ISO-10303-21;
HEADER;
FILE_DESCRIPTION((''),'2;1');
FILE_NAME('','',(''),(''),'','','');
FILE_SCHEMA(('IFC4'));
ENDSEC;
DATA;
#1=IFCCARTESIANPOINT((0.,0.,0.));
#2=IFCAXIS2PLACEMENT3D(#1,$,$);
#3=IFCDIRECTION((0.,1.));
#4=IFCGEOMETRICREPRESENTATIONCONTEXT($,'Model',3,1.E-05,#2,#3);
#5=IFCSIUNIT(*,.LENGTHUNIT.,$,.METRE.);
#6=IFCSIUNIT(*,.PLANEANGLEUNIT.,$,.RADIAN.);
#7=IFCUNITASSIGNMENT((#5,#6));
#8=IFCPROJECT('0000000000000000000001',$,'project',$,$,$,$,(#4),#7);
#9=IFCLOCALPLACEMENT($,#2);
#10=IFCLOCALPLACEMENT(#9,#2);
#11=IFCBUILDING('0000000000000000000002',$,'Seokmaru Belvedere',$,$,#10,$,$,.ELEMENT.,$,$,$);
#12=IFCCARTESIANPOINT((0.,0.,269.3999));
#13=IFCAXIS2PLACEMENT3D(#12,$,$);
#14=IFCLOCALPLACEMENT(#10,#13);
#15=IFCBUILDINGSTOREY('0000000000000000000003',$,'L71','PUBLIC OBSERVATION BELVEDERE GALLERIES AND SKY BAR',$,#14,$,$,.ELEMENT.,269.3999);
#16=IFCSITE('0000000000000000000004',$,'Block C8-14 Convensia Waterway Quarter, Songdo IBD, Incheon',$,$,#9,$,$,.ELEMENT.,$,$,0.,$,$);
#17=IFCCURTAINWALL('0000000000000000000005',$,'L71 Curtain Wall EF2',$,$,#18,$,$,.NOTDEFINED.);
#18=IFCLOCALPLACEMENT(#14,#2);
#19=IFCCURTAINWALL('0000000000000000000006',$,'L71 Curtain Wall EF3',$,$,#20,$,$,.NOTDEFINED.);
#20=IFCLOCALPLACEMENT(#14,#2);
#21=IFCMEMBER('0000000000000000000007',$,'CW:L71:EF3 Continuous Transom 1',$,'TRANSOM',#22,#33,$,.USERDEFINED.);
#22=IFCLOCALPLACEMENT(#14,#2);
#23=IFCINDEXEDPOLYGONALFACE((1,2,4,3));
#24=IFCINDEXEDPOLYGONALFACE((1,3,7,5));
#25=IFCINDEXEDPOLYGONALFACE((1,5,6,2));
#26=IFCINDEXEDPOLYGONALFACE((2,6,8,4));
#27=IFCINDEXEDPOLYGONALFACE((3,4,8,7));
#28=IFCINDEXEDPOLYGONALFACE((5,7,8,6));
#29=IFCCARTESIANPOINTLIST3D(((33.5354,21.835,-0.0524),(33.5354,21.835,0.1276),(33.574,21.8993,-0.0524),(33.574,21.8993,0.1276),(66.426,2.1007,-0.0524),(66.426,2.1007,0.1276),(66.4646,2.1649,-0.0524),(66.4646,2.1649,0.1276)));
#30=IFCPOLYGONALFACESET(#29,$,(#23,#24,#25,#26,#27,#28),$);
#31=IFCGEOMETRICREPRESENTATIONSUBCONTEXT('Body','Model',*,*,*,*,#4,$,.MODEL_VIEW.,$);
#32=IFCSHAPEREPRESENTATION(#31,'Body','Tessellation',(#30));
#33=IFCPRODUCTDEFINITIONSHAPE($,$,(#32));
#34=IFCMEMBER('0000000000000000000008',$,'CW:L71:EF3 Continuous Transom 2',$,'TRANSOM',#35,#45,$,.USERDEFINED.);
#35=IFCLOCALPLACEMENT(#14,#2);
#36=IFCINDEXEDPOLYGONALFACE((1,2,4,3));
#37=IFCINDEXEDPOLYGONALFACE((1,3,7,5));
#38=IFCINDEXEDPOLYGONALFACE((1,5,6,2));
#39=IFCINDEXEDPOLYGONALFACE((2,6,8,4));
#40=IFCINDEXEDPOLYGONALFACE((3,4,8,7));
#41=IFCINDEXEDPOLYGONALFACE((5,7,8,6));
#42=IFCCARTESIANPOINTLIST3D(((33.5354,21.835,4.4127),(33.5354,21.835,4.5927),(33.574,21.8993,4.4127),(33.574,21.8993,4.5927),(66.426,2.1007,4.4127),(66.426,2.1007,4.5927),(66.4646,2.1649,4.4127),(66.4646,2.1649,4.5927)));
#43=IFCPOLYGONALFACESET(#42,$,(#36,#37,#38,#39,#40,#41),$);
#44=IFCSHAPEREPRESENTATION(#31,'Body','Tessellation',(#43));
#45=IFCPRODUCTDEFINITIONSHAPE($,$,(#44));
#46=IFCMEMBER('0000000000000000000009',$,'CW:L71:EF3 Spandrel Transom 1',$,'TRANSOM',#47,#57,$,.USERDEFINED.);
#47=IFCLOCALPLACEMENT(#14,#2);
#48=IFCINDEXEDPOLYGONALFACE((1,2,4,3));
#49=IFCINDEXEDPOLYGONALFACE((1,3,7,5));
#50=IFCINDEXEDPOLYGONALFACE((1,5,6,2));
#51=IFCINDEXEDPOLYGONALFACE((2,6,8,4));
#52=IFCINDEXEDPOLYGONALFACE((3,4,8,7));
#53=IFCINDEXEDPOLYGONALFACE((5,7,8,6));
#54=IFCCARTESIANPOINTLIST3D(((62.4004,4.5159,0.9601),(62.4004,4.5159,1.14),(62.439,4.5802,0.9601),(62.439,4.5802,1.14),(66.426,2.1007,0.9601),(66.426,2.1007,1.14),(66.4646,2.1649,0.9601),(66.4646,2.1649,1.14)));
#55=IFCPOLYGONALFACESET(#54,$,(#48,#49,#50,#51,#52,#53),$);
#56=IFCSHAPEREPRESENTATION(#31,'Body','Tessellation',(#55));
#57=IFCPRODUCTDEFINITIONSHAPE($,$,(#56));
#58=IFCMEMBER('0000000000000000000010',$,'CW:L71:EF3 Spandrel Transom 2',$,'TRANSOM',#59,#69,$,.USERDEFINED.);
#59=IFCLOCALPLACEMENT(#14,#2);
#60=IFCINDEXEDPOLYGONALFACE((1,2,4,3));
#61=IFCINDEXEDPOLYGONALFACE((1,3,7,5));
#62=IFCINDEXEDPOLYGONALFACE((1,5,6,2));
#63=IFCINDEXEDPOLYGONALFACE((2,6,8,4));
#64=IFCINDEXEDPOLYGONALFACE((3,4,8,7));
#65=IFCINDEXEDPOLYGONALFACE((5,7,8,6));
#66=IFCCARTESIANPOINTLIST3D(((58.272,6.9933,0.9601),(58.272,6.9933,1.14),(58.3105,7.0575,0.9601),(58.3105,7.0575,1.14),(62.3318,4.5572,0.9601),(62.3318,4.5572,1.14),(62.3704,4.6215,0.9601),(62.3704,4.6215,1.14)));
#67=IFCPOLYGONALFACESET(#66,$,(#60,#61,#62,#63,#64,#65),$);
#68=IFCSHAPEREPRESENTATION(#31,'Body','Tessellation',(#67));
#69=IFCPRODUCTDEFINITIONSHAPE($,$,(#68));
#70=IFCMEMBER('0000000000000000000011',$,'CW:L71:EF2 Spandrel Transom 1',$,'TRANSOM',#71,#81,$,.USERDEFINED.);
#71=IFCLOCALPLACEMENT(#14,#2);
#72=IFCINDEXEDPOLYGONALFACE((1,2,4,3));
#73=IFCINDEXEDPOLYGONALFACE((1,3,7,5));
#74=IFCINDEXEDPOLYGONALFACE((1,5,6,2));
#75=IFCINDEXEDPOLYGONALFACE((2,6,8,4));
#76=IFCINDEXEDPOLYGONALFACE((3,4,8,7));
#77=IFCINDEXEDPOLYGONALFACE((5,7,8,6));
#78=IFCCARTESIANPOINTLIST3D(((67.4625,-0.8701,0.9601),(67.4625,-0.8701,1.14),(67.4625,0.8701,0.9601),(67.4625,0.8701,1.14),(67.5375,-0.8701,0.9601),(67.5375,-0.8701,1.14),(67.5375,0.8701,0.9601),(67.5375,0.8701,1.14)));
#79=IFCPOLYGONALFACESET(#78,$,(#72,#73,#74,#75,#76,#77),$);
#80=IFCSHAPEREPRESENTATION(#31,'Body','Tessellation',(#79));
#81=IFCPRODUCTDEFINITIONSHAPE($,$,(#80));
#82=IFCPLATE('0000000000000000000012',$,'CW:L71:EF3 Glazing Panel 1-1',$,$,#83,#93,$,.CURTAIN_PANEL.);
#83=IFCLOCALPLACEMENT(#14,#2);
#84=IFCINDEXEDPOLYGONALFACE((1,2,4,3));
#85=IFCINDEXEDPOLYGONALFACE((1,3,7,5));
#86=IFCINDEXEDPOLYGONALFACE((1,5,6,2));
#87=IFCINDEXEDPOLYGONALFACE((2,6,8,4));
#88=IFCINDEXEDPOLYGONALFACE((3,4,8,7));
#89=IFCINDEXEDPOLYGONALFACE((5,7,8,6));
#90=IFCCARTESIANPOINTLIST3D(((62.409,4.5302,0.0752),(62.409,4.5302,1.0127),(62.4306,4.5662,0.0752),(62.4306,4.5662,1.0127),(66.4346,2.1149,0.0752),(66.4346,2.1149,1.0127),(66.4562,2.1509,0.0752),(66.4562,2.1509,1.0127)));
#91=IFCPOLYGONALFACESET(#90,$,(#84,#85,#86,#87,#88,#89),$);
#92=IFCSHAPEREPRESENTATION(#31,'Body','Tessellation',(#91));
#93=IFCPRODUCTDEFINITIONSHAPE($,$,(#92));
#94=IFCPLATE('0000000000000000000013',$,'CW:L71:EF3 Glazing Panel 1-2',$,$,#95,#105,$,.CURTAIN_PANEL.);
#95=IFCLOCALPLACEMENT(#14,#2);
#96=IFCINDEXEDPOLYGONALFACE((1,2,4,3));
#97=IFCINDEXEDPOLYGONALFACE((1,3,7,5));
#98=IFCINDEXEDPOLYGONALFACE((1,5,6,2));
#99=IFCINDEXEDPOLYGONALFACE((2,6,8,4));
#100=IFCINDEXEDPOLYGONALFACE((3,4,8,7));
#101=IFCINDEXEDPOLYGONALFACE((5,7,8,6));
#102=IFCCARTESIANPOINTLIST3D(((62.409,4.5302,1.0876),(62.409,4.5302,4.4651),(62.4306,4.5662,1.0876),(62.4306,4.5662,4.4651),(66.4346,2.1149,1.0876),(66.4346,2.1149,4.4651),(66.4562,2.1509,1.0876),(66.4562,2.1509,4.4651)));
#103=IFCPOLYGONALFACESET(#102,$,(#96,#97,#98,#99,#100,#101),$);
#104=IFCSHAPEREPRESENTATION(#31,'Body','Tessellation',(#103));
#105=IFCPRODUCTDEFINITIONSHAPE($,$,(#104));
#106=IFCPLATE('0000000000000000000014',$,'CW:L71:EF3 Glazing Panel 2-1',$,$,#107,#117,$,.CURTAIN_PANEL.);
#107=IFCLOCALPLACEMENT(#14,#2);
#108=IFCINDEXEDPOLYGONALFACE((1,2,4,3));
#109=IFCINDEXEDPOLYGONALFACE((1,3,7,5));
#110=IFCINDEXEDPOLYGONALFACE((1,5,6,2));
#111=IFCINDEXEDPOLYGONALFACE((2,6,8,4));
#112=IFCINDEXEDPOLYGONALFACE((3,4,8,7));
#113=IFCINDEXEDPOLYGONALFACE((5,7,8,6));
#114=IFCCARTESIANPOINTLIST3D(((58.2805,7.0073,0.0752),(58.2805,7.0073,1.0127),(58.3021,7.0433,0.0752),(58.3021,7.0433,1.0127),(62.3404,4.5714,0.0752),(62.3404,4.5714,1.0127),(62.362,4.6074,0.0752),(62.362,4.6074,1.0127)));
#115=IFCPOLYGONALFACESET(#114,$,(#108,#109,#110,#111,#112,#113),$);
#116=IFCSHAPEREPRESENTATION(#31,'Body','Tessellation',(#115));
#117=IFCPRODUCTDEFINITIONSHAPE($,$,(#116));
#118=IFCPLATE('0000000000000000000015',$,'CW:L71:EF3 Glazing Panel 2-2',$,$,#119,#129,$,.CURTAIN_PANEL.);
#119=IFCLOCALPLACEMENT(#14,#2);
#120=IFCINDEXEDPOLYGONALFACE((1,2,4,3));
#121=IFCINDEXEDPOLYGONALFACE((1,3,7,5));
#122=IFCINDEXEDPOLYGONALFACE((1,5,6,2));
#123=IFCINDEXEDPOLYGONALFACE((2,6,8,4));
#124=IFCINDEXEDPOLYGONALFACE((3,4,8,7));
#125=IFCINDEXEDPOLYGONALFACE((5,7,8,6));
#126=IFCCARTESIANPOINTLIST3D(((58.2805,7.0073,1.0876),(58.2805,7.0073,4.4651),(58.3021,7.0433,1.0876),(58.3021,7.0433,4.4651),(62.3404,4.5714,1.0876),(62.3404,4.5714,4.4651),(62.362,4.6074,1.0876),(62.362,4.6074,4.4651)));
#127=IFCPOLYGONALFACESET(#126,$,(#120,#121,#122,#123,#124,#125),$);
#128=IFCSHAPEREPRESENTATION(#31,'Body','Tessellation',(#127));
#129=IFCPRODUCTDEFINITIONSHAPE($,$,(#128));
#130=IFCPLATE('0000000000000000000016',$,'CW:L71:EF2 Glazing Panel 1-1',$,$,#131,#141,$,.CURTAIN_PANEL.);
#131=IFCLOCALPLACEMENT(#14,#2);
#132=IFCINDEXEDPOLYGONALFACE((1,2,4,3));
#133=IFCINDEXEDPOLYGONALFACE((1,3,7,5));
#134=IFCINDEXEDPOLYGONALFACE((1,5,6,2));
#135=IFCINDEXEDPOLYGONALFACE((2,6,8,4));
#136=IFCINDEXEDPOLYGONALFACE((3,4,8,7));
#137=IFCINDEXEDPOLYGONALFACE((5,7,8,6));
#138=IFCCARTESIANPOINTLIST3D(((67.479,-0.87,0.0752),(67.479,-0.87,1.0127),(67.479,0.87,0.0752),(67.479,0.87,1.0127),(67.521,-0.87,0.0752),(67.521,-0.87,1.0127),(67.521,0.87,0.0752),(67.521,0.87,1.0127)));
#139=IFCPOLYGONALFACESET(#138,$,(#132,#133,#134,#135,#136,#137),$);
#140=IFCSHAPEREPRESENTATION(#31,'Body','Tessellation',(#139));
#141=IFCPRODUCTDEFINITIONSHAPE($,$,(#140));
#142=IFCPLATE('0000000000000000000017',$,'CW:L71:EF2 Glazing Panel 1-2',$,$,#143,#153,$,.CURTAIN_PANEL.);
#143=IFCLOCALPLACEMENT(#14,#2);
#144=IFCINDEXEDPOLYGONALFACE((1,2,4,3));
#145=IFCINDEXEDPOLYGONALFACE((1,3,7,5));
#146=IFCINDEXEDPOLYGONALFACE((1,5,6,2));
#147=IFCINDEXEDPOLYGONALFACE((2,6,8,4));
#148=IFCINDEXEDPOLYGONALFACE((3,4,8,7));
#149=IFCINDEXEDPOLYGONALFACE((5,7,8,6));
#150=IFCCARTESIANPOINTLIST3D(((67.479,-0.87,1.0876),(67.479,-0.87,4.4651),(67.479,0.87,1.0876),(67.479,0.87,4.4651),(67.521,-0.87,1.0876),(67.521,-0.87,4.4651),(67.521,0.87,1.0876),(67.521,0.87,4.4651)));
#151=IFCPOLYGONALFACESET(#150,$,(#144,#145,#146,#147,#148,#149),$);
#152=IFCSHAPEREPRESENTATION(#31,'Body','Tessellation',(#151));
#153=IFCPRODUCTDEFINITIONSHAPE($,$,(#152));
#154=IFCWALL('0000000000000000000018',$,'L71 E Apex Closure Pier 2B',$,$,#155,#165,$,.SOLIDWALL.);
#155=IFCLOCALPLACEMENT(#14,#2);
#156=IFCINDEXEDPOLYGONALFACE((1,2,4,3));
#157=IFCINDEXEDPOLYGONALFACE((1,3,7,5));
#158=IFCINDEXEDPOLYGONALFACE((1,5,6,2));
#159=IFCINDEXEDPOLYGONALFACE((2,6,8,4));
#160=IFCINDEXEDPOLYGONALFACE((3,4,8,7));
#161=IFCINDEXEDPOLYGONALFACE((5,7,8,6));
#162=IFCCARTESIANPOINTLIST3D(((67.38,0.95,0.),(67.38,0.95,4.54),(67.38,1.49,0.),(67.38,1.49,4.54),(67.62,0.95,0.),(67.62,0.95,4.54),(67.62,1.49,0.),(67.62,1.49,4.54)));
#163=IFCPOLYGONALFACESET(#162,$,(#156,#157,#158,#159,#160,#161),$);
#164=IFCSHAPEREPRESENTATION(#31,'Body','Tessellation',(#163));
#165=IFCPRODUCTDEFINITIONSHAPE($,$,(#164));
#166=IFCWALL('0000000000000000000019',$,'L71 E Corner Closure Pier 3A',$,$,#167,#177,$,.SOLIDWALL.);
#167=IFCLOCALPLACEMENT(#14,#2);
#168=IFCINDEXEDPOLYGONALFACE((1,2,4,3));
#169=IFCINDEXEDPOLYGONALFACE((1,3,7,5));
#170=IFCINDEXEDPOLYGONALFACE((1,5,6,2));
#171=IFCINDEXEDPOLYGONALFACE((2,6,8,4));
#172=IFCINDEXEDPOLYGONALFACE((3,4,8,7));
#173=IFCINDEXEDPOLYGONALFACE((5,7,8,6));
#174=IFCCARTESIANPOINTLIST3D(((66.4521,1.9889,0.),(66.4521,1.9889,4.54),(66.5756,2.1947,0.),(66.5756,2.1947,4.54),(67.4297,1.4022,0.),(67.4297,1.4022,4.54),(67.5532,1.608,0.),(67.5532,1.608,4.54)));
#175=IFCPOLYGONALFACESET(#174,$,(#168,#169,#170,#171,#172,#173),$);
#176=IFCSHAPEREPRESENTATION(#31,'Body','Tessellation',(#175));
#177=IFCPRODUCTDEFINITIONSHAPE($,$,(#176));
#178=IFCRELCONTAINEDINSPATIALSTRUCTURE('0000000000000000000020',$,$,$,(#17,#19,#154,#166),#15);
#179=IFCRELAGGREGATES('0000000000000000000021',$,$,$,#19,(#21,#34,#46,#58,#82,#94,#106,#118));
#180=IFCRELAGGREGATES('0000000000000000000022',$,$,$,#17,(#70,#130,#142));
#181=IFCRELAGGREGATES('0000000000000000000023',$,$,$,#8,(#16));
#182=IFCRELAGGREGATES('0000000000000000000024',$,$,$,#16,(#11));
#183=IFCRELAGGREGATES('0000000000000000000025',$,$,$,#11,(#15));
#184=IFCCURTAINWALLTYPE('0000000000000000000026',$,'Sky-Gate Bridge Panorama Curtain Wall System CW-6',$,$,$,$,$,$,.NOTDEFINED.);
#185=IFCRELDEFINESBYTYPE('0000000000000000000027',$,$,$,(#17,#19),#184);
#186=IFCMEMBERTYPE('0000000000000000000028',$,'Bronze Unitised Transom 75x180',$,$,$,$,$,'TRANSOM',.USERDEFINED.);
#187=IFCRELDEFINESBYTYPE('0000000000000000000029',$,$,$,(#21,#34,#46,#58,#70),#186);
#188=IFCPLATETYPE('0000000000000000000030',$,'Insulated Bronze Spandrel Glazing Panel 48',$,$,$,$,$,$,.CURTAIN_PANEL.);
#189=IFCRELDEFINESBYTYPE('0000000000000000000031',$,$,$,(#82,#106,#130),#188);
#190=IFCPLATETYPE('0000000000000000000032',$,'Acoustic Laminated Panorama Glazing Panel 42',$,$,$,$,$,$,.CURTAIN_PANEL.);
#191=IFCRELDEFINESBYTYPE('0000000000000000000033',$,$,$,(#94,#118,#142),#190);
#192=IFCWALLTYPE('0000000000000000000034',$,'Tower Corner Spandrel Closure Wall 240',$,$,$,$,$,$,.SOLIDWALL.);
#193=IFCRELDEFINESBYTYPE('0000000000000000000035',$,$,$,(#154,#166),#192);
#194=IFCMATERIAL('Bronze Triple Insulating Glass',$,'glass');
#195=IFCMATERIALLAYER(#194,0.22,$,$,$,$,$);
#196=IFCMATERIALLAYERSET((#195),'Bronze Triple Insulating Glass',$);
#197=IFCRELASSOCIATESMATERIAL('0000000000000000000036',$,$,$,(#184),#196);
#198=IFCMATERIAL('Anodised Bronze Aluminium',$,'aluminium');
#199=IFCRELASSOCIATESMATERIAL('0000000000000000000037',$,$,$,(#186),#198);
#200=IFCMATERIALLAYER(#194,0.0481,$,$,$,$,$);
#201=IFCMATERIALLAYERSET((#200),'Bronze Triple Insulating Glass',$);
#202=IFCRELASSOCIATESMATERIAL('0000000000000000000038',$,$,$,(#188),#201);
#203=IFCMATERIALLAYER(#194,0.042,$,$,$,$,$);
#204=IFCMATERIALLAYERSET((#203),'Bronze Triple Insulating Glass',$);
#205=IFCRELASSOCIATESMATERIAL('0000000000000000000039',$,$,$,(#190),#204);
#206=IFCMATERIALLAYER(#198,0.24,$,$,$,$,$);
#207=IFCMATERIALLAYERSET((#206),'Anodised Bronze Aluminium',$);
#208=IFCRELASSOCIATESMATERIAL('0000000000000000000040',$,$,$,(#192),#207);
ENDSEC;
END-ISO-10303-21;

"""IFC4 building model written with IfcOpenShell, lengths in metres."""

from ifc_helpers import new_model, si_unit, direction, frame, frame_2d, origin, origin_2d, place, context, subcontext, project, spatial, rectangle, extrude, source, transform, mapped, material, layer, layer_set, material_profile, profile_set, type_object, type_shapes, element, aggregate, save


model = new_model("IFC4")

# Units and contexts
model_context = context("Model", 3, precision=1e-05, world=origin(), true_north=direction((0.0, 1.0)))
body_context = subcontext(model_context, "Body", "Model", "MODEL_VIEW")
ifc_project = project(units=[si_unit("LENGTHUNIT", "METRE"), si_unit("PLANEANGLEUNIT", "RADIAN")], contexts=[model_context])

# Site, building, storey
site_placement = place(None, origin())
site = spatial("IfcSite", under=ifc_project, at=site_placement, Name="Block C8-14 Convensia Waterway Quarter, Songdo IBD, Incheon", CompositionType="ELEMENT", RefElevation=0.0)
building_placement = place(site_placement, origin())
building = spatial("IfcBuilding", under=site, at=building_placement, Name="Seokmaru Belvedere", CompositionType="ELEMENT")
storey_placement = place(building_placement, frame((0.0, 0.0, 269.3999)))
storey = spatial("IfcBuildingStorey", under=building, at=storey_placement, Name="L71", Description="PUBLIC OBSERVATION BELVEDERE GALLERIES AND SKY BAR", CompositionType="ELEMENT", Elevation=269.3999)

# Curtain wall
ifc_material_1 = material(Name="Bronze Triple Insulating Glass", Category="glass")
ifc_layer_1 = layer(ifc_material_1, 0.22)
ifc_layer_set_1 = layer_set([ifc_layer_1], Name="Bronze Triple Insulating Glass")
curtain_wall_type = type_object("IfcCurtainWallType", Name="Sky-Gate Bridge Panorama Curtain Wall System CW-6", PredefinedType="NOTDEFINED", material=ifc_layer_set_1)
curtain_wall_1_placement = place(storey_placement, origin())
curtain_wall_1 = element("IfcCurtainWall", 1, at=curtain_wall_1_placement, inside=storey, type_object=curtain_wall_type, Name="L71 Curtain Wall EF2", PredefinedType="NOTDEFINED")
ifc_material_2 = material(Name="Anodised Bronze Aluminium", Category="aluminium")

# Curtain wall, members
curtain_wall_2_placement = place(storey_placement, origin())
curtain_wall_2 = element("IfcCurtainWall", 2, at=curtain_wall_2_placement, inside=storey, type_object=curtain_wall_type, Name="L71 Curtain Wall EF3", PredefinedType="NOTDEFINED")
ifc_material_profile_1 = material_profile(ifc_material_2, rectangle(XDim=0.075, YDim=0.1799, at=origin_2d()), Name="CW-T-75x180")
ifc_profile_set_1 = profile_set([ifc_material_profile_1], Name="Anodised Bronze Aluminium")
member_type_1 = type_object("IfcMemberType", Name="Bronze Unitised Transom 75x180", ElementType="TRANSOM", PredefinedType="USERDEFINED", material=ifc_profile_set_1)
shared_shape_1 = source(origin(), body_context, "Body", "SweptSolid", [
    extrude(rectangle(XDim=0.075, YDim=0.1799, at=origin_2d()), origin(), (0.0, 0.0, 1.0), 38.3567),
])
member_1_placement = place(storey_placement, frame((66.4453, 2.1328, 0.0376), z_axis=(-0.857493, 0.514496, 0.0), x_axis=(-0.514496, -0.857493, 0.0)))
member_1 = element("IfcMember", 3, at=member_1_placement, type_object=member_type_1, Name="CW:L71:EF3 Continuous Transom 1", ObjectType="TRANSOM", PredefinedType="USERDEFINED", context=body_context, shape_type="MappedRepresentation", body=[
    mapped(shared_shape_1, transform((0.0, 0.0, 0.0), scale=1.0)),
])
member_2_placement = place(storey_placement, frame((66.4453, 2.1328, 4.5027), z_axis=(-0.857493, 0.514496, 0.0), x_axis=(-0.514496, -0.857493, 0.0)))
member_2 = element("IfcMember", 4, at=member_2_placement, type_object=member_type_1, Name="CW:L71:EF3 Continuous Transom 2", ObjectType="TRANSOM", PredefinedType="USERDEFINED", context=body_context, shape_type="MappedRepresentation", body=[
    mapped(shared_shape_1, transform((0.0, 0.0, 0.0), scale=1.0)),
])
shared_shape_2 = source(origin(), body_context, "Body", "SweptSolid", [
    extrude(rectangle(XDim=0.075, YDim=0.1799, at=origin_2d()), origin(), (0.0, 0.0, 1.0), 4.6946),
])
member_3_placement = place(storey_placement, frame((66.4453, 2.1328, 1.05), z_axis=(-0.857502, 0.51448, 0.0), x_axis=(-0.51448, -0.857502, 0.0)))
member_3 = element("IfcMember", 5, at=member_3_placement, type_object=member_type_1, Name="CW:L71:EF3 Spandrel Transom 1", ObjectType="TRANSOM", PredefinedType="USERDEFINED", context=body_context, shape_type="MappedRepresentation", body=[
    mapped(shared_shape_2, transform((0.0, 0.0, 0.0), scale=1.0)),
])
shared_shape_3 = source(origin(), body_context, "Body", "SweptSolid", [
    extrude(rectangle(XDim=0.075, YDim=0.1799, at=origin_2d()), origin(), (0.0, 0.0, 1.0), 4.7346),
])
member_4_placement = place(storey_placement, frame((62.3511, 4.5894, 1.05), z_axis=(-0.857479, 0.514519, 0.0), x_axis=(-0.514519, -0.857479, 0.0)))
member_4 = element("IfcMember", 6, at=member_4_placement, type_object=member_type_1, Name="CW:L71:EF3 Spandrel Transom 2", ObjectType="TRANSOM", PredefinedType="USERDEFINED", context=body_context, shape_type="MappedRepresentation", body=[
    mapped(shared_shape_3, transform((0.0, 0.0, 0.0), scale=1.0)),
])

# Member
shared_shape_4 = source(origin(), body_context, "Body", "SweptSolid", [
    extrude(rectangle(XDim=0.075, YDim=0.1799, at=origin_2d()), origin(), (0.0, 0.0, 1.0), 1.7402),
])
type_shapes(member_type_1, [shared_shape_1, shared_shape_2, shared_shape_3, shared_shape_4])
member_5_placement = place(storey_placement, frame((67.5, -0.8701, 1.05), z_axis=(0.0, 1.0, 0.0), x_axis=(-1.0, 0.0, 0.0)))
member_5 = element("IfcMember", 7, at=member_5_placement, type_object=member_type_1, Name="CW:L71:EF2 Spandrel Transom 1", ObjectType="TRANSOM", PredefinedType="USERDEFINED", context=body_context, shape_type="MappedRepresentation", body=[
    mapped(shared_shape_4, transform((0.0, 0.0, 0.0), scale=1.0)),
])

# Plates
ifc_layer_2 = layer(ifc_material_1, 0.0481)
ifc_layer_set_2 = layer_set([ifc_layer_2], Name="Bronze Triple Insulating Glass")
plate_type_1 = type_object("IfcPlateType", Name="Insulated Bronze Spandrel Glazing Panel 48", PredefinedType="CURTAIN_PANEL", material=ifc_layer_set_2)
shared_shape_5 = source(origin(), body_context, "Body", "SweptSolid", [
    extrude(rectangle(XDim=4.6946, YDim=0.042, at=origin_2d()), origin(), (0.0, 0.0, 1.0), 0.9375),
])
plate_1_placement = place(storey_placement, frame((64.4326, 3.3406, 0.0752), z_axis=(0.0, 0.0, 1.0), x_axis=(-0.857493, 0.514495, 0.0)))
plate_1 = element("IfcPlate", 8, at=plate_1_placement, type_object=plate_type_1, Name="CW:L71:EF3 Glazing Panel 1-1", PredefinedType="CURTAIN_PANEL", context=body_context, shape_type="MappedRepresentation", body=[
    mapped(shared_shape_5, transform((0.0, 0.0, 0.0), scale=1.0)),
])
ifc_layer_3 = layer(ifc_material_1, 0.042)
ifc_layer_set_3 = layer_set([ifc_layer_3], Name="Bronze Triple Insulating Glass")
plate_type_2 = type_object("IfcPlateType", Name="Acoustic Laminated Panorama Glazing Panel 42", PredefinedType="CURTAIN_PANEL", material=ifc_layer_set_3)
shared_shape_6 = source(origin(), body_context, "Body", "SweptSolid", [
    extrude(rectangle(XDim=4.6946, YDim=0.042, at=origin_2d()), origin(), (0.0, 0.0, 1.0), 3.3774),
])
plate_2_placement = place(storey_placement, frame((64.4326, 3.3406, 1.0876), z_axis=(0.0, 0.0, 1.0), x_axis=(-0.857493, 0.514495, 0.0)))
plate_2 = element("IfcPlate", 9, at=plate_2_placement, type_object=plate_type_2, Name="CW:L71:EF3 Glazing Panel 1-2", PredefinedType="CURTAIN_PANEL", context=body_context, shape_type="MappedRepresentation", body=[
    mapped(shared_shape_6, transform((0.0, 0.0, 0.0), scale=1.0)),
])
shared_shape_7 = source(origin(), body_context, "Body", "SweptSolid", [
    extrude(rectangle(XDim=4.7346, YDim=0.042, at=origin_2d()), origin(), (0.0, 0.0, 1.0), 0.9375),
])
plate_3_placement = place(storey_placement, frame((60.3213, 5.8074, 0.0752), z_axis=(0.0, 0.0, 1.0), x_axis=(-0.857493, 0.514495, 0.0)))
plate_3 = element("IfcPlate", 10, at=plate_3_placement, type_object=plate_type_1, Name="CW:L71:EF3 Glazing Panel 2-1", PredefinedType="CURTAIN_PANEL", context=body_context, shape_type="MappedRepresentation", body=[
    mapped(shared_shape_7, transform((0.0, 0.0, 0.0), scale=1.0)),
])
shared_shape_8 = source(origin(), body_context, "Body", "SweptSolid", [
    extrude(rectangle(XDim=4.7346, YDim=0.042, at=origin_2d()), origin(), (0.0, 0.0, 1.0), 3.3774),
])
plate_4_placement = place(storey_placement, frame((60.3213, 5.8074, 1.0876), z_axis=(0.0, 0.0, 1.0), x_axis=(-0.857493, 0.514495, 0.0)))
plate_4 = element("IfcPlate", 11, at=plate_4_placement, type_object=plate_type_2, Name="CW:L71:EF3 Glazing Panel 2-2", PredefinedType="CURTAIN_PANEL", context=body_context, shape_type="MappedRepresentation", body=[
    mapped(shared_shape_8, transform((0.0, 0.0, 0.0), scale=1.0)),
])
aggregate(curtain_wall_2, [member_1, member_2, member_3, member_4, plate_1, plate_2, plate_3, plate_4])
shared_shape_9 = source(origin(), body_context, "Body", "SweptSolid", [
    extrude(rectangle(XDim=1.74, YDim=0.042, at=origin_2d()), origin(), (0.0, 0.0, 1.0), 0.9375),
])
type_shapes(plate_type_1, [shared_shape_5, shared_shape_7, shared_shape_9])
plate_5_placement = place(storey_placement, frame((67.5, 0.0, 0.0752), z_axis=(0.0, 0.0, 1.0), x_axis=(0.0, 1.0, 0.0)))
plate_5 = element("IfcPlate", 12, at=plate_5_placement, type_object=plate_type_1, Name="CW:L71:EF2 Glazing Panel 1-1", PredefinedType="CURTAIN_PANEL", context=body_context, shape_type="MappedRepresentation", body=[
    mapped(shared_shape_9, transform((0.0, 0.0, 0.0), scale=1.0)),
])
shared_shape_10 = source(origin(), body_context, "Body", "SweptSolid", [
    extrude(rectangle(XDim=1.74, YDim=0.042, at=origin_2d()), origin(), (0.0, 0.0, 1.0), 3.3774),
])
type_shapes(plate_type_2, [shared_shape_6, shared_shape_8, shared_shape_10])
plate_6_placement = place(storey_placement, frame((67.5, 0.0, 1.0876), z_axis=(0.0, 0.0, 1.0), x_axis=(0.0, 1.0, 0.0)))
plate_6 = element("IfcPlate", 13, at=plate_6_placement, type_object=plate_type_2, Name="CW:L71:EF2 Glazing Panel 1-2", PredefinedType="CURTAIN_PANEL", context=body_context, shape_type="MappedRepresentation", body=[
    mapped(shared_shape_10, transform((0.0, 0.0, 0.0), scale=1.0)),
])
aggregate(curtain_wall_1, [member_5, plate_5, plate_6])

# Walls
ifc_layer_4 = layer(ifc_material_2, 0.24)
ifc_layer_set_4 = layer_set([ifc_layer_4], Name="Anodised Bronze Aluminium")
wall_type = type_object("IfcWallType", Name="Tower Corner Spandrel Closure Wall 240", PredefinedType="SOLIDWALL", material=ifc_layer_set_4)
wall_1_placement = place(storey_placement, frame((67.5, 0.95, 0.0), z_axis=(0.0, 0.0, 1.0), x_axis=(0.0, 1.0, 0.0)))
element("IfcWall", 14, at=wall_1_placement, inside=storey, type_object=wall_type, Name="L71 E Apex Closure Pier 2B", PredefinedType="SOLIDWALL", context=body_context, shape_type="SweptSolid", body=[
    extrude(rectangle(XDim=0.54, YDim=0.24, at=frame_2d((0.27, 0.0))), origin(), (0.0, 0.0, 1.0), 4.54),
])
wall_2_placement = place(storey_placement, frame((67.4915, 1.5051, 0.0), z_axis=(0.0, 0.0, 1.0), x_axis=(-0.857436, 0.51459, 0.0)))
element("IfcWall", 15, at=wall_2_placement, inside=storey, type_object=wall_type, Name="L71 E Corner Closure Pier 3A", PredefinedType="SOLIDWALL", context=body_context, shape_type="SweptSolid", body=[
    extrude(rectangle(XDim=1.1401, YDim=0.24, at=frame_2d((0.5701, 0.0))), origin(), (0.0, 0.0, 1.0), 4.54),
])

save(model, "model.ifc")
